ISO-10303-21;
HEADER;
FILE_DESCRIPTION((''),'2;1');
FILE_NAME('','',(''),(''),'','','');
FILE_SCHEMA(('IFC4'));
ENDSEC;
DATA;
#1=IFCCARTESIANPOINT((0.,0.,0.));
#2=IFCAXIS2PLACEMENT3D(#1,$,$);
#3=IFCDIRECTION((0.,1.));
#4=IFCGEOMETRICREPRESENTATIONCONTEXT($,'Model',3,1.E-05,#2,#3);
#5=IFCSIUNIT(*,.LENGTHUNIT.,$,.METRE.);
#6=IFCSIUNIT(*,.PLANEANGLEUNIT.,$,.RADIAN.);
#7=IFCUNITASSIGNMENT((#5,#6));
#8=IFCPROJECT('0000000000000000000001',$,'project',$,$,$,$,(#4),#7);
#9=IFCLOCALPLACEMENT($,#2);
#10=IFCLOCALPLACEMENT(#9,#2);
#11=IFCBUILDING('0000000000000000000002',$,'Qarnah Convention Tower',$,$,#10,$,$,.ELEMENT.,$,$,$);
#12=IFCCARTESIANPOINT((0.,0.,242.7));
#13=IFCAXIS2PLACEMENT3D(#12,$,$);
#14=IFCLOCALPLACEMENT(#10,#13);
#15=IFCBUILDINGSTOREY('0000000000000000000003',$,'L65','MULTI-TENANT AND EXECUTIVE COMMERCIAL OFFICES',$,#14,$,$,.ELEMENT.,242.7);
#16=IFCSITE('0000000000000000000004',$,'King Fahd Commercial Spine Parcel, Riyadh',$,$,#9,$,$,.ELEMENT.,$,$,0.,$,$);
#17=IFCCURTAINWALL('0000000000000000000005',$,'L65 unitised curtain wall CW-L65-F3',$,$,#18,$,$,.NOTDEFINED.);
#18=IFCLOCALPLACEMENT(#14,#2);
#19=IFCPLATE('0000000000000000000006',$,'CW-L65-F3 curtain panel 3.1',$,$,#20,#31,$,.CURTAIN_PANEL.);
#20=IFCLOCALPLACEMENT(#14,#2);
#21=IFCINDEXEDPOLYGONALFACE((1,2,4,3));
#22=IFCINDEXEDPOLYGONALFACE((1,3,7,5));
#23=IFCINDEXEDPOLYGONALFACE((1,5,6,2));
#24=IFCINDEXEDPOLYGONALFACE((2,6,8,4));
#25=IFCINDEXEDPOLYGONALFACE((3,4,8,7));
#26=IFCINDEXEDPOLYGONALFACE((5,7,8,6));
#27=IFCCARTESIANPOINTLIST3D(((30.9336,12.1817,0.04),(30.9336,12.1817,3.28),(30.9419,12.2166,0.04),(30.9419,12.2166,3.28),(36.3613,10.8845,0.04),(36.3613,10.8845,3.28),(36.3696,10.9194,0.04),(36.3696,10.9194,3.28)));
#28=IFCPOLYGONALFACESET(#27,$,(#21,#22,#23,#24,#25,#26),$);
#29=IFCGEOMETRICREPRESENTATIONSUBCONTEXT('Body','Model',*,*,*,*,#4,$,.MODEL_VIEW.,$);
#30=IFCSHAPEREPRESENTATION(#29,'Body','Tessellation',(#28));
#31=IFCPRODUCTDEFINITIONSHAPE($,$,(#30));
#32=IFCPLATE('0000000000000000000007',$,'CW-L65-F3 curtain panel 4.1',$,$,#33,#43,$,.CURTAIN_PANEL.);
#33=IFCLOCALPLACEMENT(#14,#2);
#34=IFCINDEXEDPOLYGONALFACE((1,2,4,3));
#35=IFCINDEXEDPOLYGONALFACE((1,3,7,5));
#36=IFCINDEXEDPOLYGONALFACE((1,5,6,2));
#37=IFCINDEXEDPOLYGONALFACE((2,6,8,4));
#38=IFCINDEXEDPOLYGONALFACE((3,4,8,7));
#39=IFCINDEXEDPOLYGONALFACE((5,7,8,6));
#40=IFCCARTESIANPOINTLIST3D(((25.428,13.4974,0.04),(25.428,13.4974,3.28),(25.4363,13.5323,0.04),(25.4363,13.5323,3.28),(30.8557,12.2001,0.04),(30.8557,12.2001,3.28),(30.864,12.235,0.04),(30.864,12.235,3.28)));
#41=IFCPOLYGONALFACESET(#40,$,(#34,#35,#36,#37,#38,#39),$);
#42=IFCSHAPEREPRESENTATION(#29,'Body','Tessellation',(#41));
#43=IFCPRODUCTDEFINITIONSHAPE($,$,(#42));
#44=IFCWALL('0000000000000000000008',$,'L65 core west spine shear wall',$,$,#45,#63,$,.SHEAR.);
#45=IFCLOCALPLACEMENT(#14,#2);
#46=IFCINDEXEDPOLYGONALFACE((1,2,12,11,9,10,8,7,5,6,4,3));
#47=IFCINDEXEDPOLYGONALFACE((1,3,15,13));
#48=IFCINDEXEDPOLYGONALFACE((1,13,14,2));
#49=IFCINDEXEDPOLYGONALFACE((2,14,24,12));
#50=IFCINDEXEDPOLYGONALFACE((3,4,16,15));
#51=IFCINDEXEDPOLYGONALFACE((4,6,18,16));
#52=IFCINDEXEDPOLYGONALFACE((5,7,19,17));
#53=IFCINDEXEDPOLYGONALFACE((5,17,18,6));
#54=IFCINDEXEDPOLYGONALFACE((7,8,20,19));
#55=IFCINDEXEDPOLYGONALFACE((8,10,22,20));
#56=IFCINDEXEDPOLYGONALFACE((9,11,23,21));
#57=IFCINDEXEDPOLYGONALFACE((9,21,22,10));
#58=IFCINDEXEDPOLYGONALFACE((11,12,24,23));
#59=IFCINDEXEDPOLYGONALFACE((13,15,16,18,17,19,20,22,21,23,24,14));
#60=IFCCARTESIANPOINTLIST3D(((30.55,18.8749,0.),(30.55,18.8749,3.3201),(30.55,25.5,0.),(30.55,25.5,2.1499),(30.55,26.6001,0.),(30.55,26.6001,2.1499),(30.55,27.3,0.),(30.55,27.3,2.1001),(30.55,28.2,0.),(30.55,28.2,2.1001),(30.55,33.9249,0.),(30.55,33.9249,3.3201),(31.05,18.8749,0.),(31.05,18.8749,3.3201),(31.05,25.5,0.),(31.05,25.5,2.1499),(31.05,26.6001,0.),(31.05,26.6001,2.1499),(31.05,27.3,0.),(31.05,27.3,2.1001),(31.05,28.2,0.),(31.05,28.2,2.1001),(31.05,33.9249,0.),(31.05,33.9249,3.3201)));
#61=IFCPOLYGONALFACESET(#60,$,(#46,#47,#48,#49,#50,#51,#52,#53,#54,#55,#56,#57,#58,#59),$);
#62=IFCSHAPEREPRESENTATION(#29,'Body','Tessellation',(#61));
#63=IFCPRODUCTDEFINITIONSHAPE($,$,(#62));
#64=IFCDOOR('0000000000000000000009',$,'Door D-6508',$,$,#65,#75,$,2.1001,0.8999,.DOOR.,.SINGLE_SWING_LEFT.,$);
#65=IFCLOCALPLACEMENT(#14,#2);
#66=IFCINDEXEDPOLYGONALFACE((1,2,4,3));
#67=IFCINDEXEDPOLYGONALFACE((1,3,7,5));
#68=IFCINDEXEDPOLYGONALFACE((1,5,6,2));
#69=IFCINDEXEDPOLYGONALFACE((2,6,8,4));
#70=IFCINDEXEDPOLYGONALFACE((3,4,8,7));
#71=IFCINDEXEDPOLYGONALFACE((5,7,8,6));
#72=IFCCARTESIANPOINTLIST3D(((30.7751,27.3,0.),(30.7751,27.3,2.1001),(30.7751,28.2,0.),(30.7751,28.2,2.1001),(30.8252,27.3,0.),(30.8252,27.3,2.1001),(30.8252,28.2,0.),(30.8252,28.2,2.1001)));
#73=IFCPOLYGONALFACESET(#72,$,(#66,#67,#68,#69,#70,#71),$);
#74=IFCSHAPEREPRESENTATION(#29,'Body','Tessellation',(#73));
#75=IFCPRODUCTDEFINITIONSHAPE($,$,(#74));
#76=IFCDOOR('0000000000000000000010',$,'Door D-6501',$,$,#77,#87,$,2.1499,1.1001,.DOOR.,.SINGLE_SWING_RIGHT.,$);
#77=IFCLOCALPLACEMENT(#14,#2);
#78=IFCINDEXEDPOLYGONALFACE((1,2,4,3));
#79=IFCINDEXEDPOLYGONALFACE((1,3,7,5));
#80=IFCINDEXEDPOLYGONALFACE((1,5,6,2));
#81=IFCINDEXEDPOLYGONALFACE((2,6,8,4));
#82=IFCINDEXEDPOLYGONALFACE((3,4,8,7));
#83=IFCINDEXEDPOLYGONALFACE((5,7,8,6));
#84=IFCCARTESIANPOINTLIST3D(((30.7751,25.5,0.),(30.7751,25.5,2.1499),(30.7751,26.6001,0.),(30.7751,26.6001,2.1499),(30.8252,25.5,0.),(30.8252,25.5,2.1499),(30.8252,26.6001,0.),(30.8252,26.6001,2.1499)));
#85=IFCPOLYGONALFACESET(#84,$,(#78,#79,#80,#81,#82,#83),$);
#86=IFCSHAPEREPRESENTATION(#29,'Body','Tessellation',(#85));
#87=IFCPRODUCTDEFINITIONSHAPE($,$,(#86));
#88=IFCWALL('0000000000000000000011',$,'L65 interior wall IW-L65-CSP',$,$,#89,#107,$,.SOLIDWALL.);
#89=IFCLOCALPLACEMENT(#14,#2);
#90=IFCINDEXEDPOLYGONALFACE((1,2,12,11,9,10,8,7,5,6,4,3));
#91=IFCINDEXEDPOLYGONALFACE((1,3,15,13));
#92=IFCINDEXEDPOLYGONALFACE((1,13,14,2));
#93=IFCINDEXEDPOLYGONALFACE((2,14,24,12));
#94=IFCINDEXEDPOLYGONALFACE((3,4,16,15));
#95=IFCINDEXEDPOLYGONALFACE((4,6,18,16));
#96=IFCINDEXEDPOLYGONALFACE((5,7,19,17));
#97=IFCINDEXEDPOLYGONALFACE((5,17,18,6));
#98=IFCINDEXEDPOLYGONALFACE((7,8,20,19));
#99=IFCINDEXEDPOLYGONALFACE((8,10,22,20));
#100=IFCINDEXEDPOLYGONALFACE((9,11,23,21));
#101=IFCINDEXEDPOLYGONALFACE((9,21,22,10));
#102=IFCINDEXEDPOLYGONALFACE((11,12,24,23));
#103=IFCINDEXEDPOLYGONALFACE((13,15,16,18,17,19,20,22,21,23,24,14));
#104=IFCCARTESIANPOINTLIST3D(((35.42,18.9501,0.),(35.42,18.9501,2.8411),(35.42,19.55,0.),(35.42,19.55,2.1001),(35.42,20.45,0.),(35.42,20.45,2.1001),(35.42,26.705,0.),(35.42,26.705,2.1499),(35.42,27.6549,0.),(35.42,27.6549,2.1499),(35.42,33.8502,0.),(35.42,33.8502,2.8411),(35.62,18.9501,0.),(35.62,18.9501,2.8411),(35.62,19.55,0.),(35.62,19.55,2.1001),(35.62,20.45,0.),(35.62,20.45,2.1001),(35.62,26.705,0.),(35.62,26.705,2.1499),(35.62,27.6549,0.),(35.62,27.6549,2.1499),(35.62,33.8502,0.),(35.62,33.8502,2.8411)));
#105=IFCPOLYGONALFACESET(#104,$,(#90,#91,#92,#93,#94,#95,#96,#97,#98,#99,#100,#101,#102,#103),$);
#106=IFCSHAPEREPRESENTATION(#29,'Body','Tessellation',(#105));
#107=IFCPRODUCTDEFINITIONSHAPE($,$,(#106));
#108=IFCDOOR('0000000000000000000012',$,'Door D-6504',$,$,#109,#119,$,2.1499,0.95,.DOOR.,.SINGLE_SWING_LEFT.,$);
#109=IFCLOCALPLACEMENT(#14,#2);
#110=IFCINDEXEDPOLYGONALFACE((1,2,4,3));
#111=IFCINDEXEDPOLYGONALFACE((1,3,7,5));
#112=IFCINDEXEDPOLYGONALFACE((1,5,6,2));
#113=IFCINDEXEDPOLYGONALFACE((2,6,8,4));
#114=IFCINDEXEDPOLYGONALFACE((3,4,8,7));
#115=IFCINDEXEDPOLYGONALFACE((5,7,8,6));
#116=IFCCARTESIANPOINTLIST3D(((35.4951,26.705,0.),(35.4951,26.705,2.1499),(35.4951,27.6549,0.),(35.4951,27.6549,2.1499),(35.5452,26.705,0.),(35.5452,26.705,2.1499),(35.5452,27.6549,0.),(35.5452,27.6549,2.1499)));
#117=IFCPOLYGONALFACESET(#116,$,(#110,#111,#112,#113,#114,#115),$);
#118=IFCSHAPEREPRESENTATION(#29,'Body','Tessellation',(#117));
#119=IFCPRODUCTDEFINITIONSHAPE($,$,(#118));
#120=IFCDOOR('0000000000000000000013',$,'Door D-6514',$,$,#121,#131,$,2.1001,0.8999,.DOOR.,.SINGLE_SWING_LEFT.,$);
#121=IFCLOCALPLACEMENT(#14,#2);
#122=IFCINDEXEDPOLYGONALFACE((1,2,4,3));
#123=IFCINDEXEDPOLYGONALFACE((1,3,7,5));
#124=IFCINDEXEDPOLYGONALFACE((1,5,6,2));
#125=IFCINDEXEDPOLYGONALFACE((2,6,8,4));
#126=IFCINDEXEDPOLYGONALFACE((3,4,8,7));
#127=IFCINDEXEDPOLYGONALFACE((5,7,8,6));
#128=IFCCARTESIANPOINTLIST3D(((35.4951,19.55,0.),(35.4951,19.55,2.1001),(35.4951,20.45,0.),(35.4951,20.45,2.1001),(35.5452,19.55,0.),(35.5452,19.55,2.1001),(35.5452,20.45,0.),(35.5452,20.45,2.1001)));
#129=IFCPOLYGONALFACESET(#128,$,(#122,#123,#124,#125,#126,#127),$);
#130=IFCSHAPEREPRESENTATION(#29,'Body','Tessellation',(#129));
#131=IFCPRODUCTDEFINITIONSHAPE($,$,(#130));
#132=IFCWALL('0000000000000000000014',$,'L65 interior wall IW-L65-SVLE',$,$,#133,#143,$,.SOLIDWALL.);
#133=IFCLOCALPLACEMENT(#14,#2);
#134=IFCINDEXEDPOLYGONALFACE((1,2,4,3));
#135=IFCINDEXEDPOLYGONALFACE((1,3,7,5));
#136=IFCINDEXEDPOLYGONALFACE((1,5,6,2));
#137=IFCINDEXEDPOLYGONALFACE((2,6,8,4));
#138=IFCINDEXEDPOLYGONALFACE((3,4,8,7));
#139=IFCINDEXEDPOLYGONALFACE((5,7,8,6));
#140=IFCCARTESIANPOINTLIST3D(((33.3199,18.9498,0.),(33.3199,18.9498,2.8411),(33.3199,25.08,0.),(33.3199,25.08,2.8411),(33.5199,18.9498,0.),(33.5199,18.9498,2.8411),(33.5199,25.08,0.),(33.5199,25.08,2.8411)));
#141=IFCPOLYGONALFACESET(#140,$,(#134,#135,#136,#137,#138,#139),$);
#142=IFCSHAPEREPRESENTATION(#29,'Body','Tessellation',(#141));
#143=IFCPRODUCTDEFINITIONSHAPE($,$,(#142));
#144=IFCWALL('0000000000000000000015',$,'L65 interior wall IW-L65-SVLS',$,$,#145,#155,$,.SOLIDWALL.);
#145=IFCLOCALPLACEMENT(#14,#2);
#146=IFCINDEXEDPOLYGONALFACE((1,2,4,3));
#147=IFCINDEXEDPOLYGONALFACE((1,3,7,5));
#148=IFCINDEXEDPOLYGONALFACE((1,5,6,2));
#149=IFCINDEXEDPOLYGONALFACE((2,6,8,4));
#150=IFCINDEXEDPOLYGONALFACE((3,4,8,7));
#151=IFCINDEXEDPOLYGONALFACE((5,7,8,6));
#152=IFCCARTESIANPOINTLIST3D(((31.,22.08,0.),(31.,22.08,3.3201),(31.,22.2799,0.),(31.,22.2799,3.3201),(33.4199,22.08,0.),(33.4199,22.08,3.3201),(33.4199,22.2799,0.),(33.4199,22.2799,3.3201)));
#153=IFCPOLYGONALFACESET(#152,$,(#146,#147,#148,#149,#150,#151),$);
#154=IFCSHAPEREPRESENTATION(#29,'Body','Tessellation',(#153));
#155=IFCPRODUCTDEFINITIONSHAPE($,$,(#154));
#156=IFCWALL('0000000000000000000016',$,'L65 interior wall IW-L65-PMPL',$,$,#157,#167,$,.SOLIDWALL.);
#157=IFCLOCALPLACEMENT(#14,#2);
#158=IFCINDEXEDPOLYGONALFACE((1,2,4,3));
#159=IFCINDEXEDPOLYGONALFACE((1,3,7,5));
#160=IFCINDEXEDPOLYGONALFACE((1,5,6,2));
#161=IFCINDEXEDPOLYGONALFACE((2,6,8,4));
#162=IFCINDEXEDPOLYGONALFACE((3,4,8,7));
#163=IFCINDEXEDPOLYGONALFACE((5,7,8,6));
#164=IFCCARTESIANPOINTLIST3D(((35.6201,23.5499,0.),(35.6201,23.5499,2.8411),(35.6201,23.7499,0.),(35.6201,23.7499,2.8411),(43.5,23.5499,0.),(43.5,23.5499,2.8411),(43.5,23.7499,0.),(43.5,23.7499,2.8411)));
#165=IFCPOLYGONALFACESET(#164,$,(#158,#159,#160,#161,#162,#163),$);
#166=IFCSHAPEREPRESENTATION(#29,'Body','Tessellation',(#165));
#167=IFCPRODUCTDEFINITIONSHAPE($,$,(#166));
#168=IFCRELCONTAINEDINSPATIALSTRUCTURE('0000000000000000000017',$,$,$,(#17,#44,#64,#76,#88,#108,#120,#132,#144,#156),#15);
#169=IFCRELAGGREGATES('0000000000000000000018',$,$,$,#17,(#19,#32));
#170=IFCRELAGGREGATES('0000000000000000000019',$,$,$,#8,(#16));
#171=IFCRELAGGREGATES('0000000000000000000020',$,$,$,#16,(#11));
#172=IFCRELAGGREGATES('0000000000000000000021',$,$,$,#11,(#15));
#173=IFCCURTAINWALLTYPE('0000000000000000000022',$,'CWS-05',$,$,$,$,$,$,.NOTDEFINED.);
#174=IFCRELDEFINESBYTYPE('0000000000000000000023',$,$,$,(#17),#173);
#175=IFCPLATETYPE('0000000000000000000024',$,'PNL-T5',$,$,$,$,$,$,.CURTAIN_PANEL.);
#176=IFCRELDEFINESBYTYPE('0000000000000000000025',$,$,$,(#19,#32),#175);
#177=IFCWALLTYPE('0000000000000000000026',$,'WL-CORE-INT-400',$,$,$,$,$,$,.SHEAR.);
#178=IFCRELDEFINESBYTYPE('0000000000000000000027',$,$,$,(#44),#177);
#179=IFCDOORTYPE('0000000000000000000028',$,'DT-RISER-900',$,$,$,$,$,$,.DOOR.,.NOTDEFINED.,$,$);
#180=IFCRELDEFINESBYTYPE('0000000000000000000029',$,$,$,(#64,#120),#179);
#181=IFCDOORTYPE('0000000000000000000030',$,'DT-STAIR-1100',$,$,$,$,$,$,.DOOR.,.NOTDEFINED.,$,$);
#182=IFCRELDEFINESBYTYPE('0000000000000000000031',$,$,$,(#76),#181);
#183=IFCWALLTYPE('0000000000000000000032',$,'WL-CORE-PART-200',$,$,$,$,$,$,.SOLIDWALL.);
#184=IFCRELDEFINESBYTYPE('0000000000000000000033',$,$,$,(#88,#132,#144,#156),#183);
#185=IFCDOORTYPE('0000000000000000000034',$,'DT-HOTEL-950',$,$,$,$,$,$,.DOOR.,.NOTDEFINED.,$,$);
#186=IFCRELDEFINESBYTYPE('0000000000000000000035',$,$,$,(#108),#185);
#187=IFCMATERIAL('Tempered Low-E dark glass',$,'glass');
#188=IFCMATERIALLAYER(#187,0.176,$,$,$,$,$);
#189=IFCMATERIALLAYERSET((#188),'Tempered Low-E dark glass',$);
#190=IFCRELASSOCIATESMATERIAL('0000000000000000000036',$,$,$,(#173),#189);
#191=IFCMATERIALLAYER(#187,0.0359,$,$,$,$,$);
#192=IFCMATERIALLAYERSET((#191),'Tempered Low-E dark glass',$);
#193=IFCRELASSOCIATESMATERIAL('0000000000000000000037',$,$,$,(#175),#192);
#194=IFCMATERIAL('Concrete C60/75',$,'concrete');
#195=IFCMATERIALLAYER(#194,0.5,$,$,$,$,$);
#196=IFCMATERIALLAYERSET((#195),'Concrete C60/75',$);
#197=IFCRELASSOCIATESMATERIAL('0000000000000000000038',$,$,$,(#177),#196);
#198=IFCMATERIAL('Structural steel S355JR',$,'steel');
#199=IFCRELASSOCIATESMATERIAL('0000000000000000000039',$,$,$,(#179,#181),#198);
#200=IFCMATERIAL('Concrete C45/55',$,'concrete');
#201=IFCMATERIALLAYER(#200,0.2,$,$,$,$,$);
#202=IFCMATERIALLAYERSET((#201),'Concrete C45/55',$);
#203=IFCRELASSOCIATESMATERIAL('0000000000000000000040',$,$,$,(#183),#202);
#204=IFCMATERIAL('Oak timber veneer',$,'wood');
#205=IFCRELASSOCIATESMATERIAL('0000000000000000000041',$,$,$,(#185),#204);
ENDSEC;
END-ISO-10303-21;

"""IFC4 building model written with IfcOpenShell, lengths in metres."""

from ifc_helpers import new_model, si_unit, direction, frame, frame_2d, origin, origin_2d, place, context, subcontext, project, spatial, rectangle, extrude, material, layer, layer_set, type_object, element, fill, aggregate, save


model = new_model("IFC4")

# Units and contexts
model_context = context("Model", 3, precision=1e-05, world=origin(), true_north=direction((0.0, 1.0)))
body_context = subcontext(model_context, "Body", "Model", "MODEL_VIEW")
ifc_project = project(units=[si_unit("LENGTHUNIT", "METRE"), si_unit("PLANEANGLEUNIT", "RADIAN")], contexts=[model_context])

# Site, building, storey
site_placement = place(None, origin())
site = spatial("IfcSite", under=ifc_project, at=site_placement, Name="King Fahd Commercial Spine Parcel, Riyadh", CompositionType="ELEMENT", RefElevation=0.0)
building_placement = place(site_placement, origin())
building = spatial("IfcBuilding", under=site, at=building_placement, Name="Qarnah Convention Tower", CompositionType="ELEMENT")
storey_placement = place(building_placement, frame((0.0, 0.0, 242.7)))
storey = spatial("IfcBuildingStorey", under=building, at=storey_placement, Name="L65", Description="MULTI-TENANT AND EXECUTIVE COMMERCIAL OFFICES", CompositionType="ELEMENT", Elevation=242.7)

# Shared definitions
ifc_material_1 = material(Name="Structural steel S355JR", Category="steel")

# Curtain wall, plates
ifc_material_2 = material(Name="Tempered Low-E dark glass", Category="glass")
ifc_layer_1 = layer(ifc_material_2, 0.176)
ifc_layer_set_1 = layer_set([ifc_layer_1], Name="Tempered Low-E dark glass")
curtain_wall_type = type_object("IfcCurtainWallType", Name="CWS-05", PredefinedType="NOTDEFINED", material=ifc_layer_set_1)
curtain_wall_placement = place(storey_placement, origin())
curtain_wall = element("IfcCurtainWall", 1, at=curtain_wall_placement, inside=storey, type_object=curtain_wall_type, Name="L65 unitised curtain wall CW-L65-F3", PredefinedType="NOTDEFINED")
ifc_layer_2 = layer(ifc_material_2, 0.0359)
ifc_layer_set_2 = layer_set([ifc_layer_2], Name="Tempered Low-E dark glass")
plate_type = type_object("IfcPlateType", Name="PNL-T5", PredefinedType="CURTAIN_PANEL", material=ifc_layer_set_2)
plate_1_placement = place(storey_placement, frame((33.6516, 11.5505, 0.04), z_axis=(0.0, 0.0, 1.0), x_axis=(-0.972607, 0.232455, 0.0)))
plate_1 = element("IfcPlate", 2, at=plate_1_placement, type_object=plate_type, Name="CW-L65-F3 curtain panel 3.1", PredefinedType="CURTAIN_PANEL", context=body_context, shape_type="SweptSolid", body=[
    extrude(rectangle(XDim=5.5806, YDim=0.0359, at=origin_2d()), origin(), (0.0, 0.0, 1.0), 3.24),
])
plate_2_placement = place(storey_placement, frame((28.146, 12.8662, 0.04), z_axis=(0.0, 0.0, 1.0), x_axis=(-0.972607, 0.232455, 0.0)))
plate_2 = element("IfcPlate", 3, at=plate_2_placement, type_object=plate_type, Name="CW-L65-F3 curtain panel 4.1", PredefinedType="CURTAIN_PANEL", context=body_context, shape_type="SweptSolid", body=[
    extrude(rectangle(XDim=5.5806, YDim=0.0359, at=origin_2d()), origin(), (0.0, 0.0, 1.0), 3.24),
])
aggregate(curtain_wall, [plate_1, plate_2])

# Walls, openings, doors
ifc_material_3 = material(Name="Concrete C60/75", Category="concrete")
ifc_layer_3 = layer(ifc_material_3, 0.5)
ifc_layer_set_3 = layer_set([ifc_layer_3], Name="Concrete C60/75")
wall_type_1 = type_object("IfcWallType", Name="WL-CORE-INT-400", PredefinedType="SHEAR", material=ifc_layer_set_3)
wall_1_placement = place(storey_placement, frame((30.8, 18.875, 0.0), z_axis=(0.0, 0.0, 1.0), x_axis=(0.0, 1.0, 0.0)))
wall_1 = element("IfcWall", 4, at=wall_1_placement, inside=storey, type_object=wall_type_1, Name="L65 core west spine shear wall", PredefinedType="SHEAR", context=body_context, shape_type="SweptSolid", body=[
    extrude(rectangle(XDim=15.05, YDim=0.5, at=frame_2d((7.5249, 0.0))), origin(), (0.0, 0.0, 1.0), 3.3201),
])
opening_1_placement = place(wall_1_placement, frame((6.625, 0.0, 0.0)))
opening_1 = element("IfcOpeningElement", 5, at=opening_1_placement, cuts=wall_1, PredefinedType="OPENING", context=body_context, shape_type="SweptSolid", body=[
    extrude(rectangle(XDim=1.1001, YDim=2.1499, at=frame_2d((0.55, 1.075))), frame((0.0, 0.26, 0.0), z_axis=(0.0, -1.0, 0.0), x_axis=(1.0, 0.0, 0.0)), (0.0, 0.0, 1.0), 0.52),
])
opening_2_placement = place(wall_1_placement, frame((8.425, 0.0, 0.0)))
opening_2 = element("IfcOpeningElement", 6, at=opening_2_placement, cuts=wall_1, PredefinedType="OPENING", context=body_context, shape_type="SweptSolid", body=[
    extrude(rectangle(XDim=0.8999, YDim=2.1001, at=frame_2d((0.45, 1.05))), frame((0.0, 0.26, 0.0), z_axis=(0.0, -1.0, 0.0), x_axis=(1.0, 0.0, 0.0)), (0.0, 0.0, 1.0), 0.52),
])
door_type_1 = type_object("IfcDoorType", Name="DT-RISER-900", OperationType="NOTDEFINED", PredefinedType="DOOR", material=ifc_material_1)
door_1_placement = place(opening_2_placement, origin())
door_1 = element("IfcDoor", 7, at=door_1_placement, inside=storey, type_object=door_type_1, Name="Door D-6508", OperationType="SINGLE_SWING_LEFT", OverallHeight=2.1001, OverallWidth=0.8999, PredefinedType="DOOR", context=body_context, shape_type="SweptSolid", body=[
    extrude(rectangle(XDim=0.8999, YDim=2.1001, at=frame_2d((0.45, 1.05))), frame((0.0, 0.0249, 0.0), z_axis=(0.0, -1.0, 0.0), x_axis=(1.0, 0.0, 0.0)), (0.0, 0.0, 1.0), 0.05),
])
fill(opening_2, door_1)
door_type_2 = type_object("IfcDoorType", Name="DT-STAIR-1100", OperationType="NOTDEFINED", PredefinedType="DOOR", material=ifc_material_1)
door_2_placement = place(opening_1_placement, origin())
door_2 = element("IfcDoor", 8, at=door_2_placement, inside=storey, type_object=door_type_2, Name="Door D-6501", OperationType="SINGLE_SWING_RIGHT", OverallHeight=2.1499, OverallWidth=1.1001, PredefinedType="DOOR", context=body_context, shape_type="SweptSolid", body=[
    extrude(rectangle(XDim=1.1001, YDim=2.1499, at=frame_2d((0.55, 1.075))), frame((0.0, 0.0249, 0.0), z_axis=(0.0, -1.0, 0.0), x_axis=(1.0, 0.0, 0.0)), (0.0, 0.0, 1.0), 0.05),
])
fill(opening_1, door_2)
ifc_material_4 = material(Name="Concrete C45/55", Category="concrete")
ifc_layer_4 = layer(ifc_material_4, 0.2)
ifc_layer_set_4 = layer_set([ifc_layer_4], Name="Concrete C45/55")
wall_type_2 = type_object("IfcWallType", Name="WL-CORE-PART-200", PredefinedType="SOLIDWALL", material=ifc_layer_set_4)
wall_2_placement = place(storey_placement, frame((35.52, 18.95, 0.0), z_axis=(0.0, 0.0, 1.0), x_axis=(0.0, 1.0, 0.0)))
wall_2 = element("IfcWall", 9, at=wall_2_placement, inside=storey, type_object=wall_type_2, Name="L65 interior wall IW-L65-CSP", PredefinedType="SOLIDWALL", context=body_context, shape_type="SweptSolid", body=[
    extrude(rectangle(XDim=14.9001, YDim=0.2, at=frame_2d((7.4502, 0.0))), origin(), (0.0, 0.0, 1.0), 2.8411),
])
opening_3_placement = place(wall_2_placement, frame((7.7549, 0.0, 0.0)))
opening_3 = element("IfcOpeningElement", 10, at=opening_3_placement, cuts=wall_2, PredefinedType="OPENING", context=body_context, shape_type="SweptSolid", body=[
    extrude(rectangle(XDim=0.95, YDim=2.1499, at=frame_2d((0.4751, 1.075))), frame((0.0, 0.1099, 0.0), z_axis=(0.0, -1.0, 0.0), x_axis=(1.0, 0.0, 0.0)), (0.0, 0.0, 1.0), 0.22),
])
opening_4_placement = place(wall_2_placement, frame((0.6001, 0.0, 0.0)))
opening_4 = element("IfcOpeningElement", 11, at=opening_4_placement, cuts=wall_2, PredefinedType="OPENING", context=body_context, shape_type="SweptSolid", body=[
    extrude(rectangle(XDim=0.8999, YDim=2.1001, at=frame_2d((0.45, 1.05))), frame((0.0, 0.1099, 0.0), z_axis=(0.0, -1.0, 0.0), x_axis=(1.0, 0.0, 0.0)), (0.0, 0.0, 1.0), 0.22),
])
ifc_material_5 = material(Name="Oak timber veneer", Category="wood")
door_type_3 = type_object("IfcDoorType", Name="DT-HOTEL-950", OperationType="NOTDEFINED", PredefinedType="DOOR", material=ifc_material_5)
door_3_placement = place(opening_3_placement, origin())
door_3 = element("IfcDoor", 12, at=door_3_placement, inside=storey, type_object=door_type_3, Name="Door D-6504", OperationType="SINGLE_SWING_LEFT", OverallHeight=2.1499, OverallWidth=0.95, PredefinedType="DOOR", context=body_context, shape_type="SweptSolid", body=[
    extrude(rectangle(XDim=0.95, YDim=2.1499, at=frame_2d((0.4751, 1.075))), frame((0.0, 0.0249, 0.0), z_axis=(0.0, -1.0, 0.0), x_axis=(1.0, 0.0, 0.0)), (0.0, 0.0, 1.0), 0.05),
])
fill(opening_3, door_3)
door_4_placement = place(opening_4_placement, origin())
door_4 = element("IfcDoor", 13, at=door_4_placement, inside=storey, type_object=door_type_1, Name="Door D-6514", OperationType="SINGLE_SWING_LEFT", OverallHeight=2.1001, OverallWidth=0.8999, PredefinedType="DOOR", context=body_context, shape_type="SweptSolid", body=[
    extrude(rectangle(XDim=0.8999, YDim=2.1001, at=frame_2d((0.45, 1.05))), frame((0.0, 0.0249, 0.0), z_axis=(0.0, -1.0, 0.0), x_axis=(1.0, 0.0, 0.0)), (0.0, 0.0, 1.0), 0.05),
])
fill(opening_4, door_4)

# Walls
wall_3_placement = place(storey_placement, frame((33.4199, 18.95, 0.0), z_axis=(0.0, 0.0, 1.0), x_axis=(0.0, 1.0, 0.0)))
element("IfcWall", 14, at=wall_3_placement, inside=storey, type_object=wall_type_2, Name="L65 interior wall IW-L65-SVLE", PredefinedType="SOLIDWALL", context=body_context, shape_type="SweptSolid", body=[
    extrude(rectangle(XDim=6.1301, YDim=0.2, at=frame_2d((3.0649, 0.0))), origin(), (0.0, 0.0, 1.0), 2.8411),
])
wall_4_placement = place(storey_placement, frame((31.0, 22.1799, 0.0), z_axis=(0.0, 0.0, 1.0), x_axis=(1.0, 0.0, 0.0)))
element("IfcWall", 15, at=wall_4_placement, inside=storey, type_object=wall_type_2, Name="L65 interior wall IW-L65-SVLS", PredefinedType="SOLIDWALL", context=body_context, shape_type="SweptSolid", body=[
    extrude(rectangle(XDim=2.4199, YDim=0.2, at=frame_2d((1.21, 0.0))), origin(), (0.0, 0.0, 1.0), 3.3201),
])
wall_5_placement = place(storey_placement, frame((35.6201, 23.6499, 0.0), z_axis=(0.0, 0.0, 1.0), x_axis=(1.0, 0.0, 0.0)))
element("IfcWall", 16, at=wall_5_placement, inside=storey, type_object=wall_type_2, Name="L65 interior wall IW-L65-PMPL", PredefinedType="SOLIDWALL", context=body_context, shape_type="SweptSolid", body=[
    extrude(rectangle(XDim=7.8799, YDim=0.2, at=frame_2d((3.9399, 0.0))), origin(), (0.0, 0.0, 1.0), 2.8411),
])

save(model, "model.ifc")
